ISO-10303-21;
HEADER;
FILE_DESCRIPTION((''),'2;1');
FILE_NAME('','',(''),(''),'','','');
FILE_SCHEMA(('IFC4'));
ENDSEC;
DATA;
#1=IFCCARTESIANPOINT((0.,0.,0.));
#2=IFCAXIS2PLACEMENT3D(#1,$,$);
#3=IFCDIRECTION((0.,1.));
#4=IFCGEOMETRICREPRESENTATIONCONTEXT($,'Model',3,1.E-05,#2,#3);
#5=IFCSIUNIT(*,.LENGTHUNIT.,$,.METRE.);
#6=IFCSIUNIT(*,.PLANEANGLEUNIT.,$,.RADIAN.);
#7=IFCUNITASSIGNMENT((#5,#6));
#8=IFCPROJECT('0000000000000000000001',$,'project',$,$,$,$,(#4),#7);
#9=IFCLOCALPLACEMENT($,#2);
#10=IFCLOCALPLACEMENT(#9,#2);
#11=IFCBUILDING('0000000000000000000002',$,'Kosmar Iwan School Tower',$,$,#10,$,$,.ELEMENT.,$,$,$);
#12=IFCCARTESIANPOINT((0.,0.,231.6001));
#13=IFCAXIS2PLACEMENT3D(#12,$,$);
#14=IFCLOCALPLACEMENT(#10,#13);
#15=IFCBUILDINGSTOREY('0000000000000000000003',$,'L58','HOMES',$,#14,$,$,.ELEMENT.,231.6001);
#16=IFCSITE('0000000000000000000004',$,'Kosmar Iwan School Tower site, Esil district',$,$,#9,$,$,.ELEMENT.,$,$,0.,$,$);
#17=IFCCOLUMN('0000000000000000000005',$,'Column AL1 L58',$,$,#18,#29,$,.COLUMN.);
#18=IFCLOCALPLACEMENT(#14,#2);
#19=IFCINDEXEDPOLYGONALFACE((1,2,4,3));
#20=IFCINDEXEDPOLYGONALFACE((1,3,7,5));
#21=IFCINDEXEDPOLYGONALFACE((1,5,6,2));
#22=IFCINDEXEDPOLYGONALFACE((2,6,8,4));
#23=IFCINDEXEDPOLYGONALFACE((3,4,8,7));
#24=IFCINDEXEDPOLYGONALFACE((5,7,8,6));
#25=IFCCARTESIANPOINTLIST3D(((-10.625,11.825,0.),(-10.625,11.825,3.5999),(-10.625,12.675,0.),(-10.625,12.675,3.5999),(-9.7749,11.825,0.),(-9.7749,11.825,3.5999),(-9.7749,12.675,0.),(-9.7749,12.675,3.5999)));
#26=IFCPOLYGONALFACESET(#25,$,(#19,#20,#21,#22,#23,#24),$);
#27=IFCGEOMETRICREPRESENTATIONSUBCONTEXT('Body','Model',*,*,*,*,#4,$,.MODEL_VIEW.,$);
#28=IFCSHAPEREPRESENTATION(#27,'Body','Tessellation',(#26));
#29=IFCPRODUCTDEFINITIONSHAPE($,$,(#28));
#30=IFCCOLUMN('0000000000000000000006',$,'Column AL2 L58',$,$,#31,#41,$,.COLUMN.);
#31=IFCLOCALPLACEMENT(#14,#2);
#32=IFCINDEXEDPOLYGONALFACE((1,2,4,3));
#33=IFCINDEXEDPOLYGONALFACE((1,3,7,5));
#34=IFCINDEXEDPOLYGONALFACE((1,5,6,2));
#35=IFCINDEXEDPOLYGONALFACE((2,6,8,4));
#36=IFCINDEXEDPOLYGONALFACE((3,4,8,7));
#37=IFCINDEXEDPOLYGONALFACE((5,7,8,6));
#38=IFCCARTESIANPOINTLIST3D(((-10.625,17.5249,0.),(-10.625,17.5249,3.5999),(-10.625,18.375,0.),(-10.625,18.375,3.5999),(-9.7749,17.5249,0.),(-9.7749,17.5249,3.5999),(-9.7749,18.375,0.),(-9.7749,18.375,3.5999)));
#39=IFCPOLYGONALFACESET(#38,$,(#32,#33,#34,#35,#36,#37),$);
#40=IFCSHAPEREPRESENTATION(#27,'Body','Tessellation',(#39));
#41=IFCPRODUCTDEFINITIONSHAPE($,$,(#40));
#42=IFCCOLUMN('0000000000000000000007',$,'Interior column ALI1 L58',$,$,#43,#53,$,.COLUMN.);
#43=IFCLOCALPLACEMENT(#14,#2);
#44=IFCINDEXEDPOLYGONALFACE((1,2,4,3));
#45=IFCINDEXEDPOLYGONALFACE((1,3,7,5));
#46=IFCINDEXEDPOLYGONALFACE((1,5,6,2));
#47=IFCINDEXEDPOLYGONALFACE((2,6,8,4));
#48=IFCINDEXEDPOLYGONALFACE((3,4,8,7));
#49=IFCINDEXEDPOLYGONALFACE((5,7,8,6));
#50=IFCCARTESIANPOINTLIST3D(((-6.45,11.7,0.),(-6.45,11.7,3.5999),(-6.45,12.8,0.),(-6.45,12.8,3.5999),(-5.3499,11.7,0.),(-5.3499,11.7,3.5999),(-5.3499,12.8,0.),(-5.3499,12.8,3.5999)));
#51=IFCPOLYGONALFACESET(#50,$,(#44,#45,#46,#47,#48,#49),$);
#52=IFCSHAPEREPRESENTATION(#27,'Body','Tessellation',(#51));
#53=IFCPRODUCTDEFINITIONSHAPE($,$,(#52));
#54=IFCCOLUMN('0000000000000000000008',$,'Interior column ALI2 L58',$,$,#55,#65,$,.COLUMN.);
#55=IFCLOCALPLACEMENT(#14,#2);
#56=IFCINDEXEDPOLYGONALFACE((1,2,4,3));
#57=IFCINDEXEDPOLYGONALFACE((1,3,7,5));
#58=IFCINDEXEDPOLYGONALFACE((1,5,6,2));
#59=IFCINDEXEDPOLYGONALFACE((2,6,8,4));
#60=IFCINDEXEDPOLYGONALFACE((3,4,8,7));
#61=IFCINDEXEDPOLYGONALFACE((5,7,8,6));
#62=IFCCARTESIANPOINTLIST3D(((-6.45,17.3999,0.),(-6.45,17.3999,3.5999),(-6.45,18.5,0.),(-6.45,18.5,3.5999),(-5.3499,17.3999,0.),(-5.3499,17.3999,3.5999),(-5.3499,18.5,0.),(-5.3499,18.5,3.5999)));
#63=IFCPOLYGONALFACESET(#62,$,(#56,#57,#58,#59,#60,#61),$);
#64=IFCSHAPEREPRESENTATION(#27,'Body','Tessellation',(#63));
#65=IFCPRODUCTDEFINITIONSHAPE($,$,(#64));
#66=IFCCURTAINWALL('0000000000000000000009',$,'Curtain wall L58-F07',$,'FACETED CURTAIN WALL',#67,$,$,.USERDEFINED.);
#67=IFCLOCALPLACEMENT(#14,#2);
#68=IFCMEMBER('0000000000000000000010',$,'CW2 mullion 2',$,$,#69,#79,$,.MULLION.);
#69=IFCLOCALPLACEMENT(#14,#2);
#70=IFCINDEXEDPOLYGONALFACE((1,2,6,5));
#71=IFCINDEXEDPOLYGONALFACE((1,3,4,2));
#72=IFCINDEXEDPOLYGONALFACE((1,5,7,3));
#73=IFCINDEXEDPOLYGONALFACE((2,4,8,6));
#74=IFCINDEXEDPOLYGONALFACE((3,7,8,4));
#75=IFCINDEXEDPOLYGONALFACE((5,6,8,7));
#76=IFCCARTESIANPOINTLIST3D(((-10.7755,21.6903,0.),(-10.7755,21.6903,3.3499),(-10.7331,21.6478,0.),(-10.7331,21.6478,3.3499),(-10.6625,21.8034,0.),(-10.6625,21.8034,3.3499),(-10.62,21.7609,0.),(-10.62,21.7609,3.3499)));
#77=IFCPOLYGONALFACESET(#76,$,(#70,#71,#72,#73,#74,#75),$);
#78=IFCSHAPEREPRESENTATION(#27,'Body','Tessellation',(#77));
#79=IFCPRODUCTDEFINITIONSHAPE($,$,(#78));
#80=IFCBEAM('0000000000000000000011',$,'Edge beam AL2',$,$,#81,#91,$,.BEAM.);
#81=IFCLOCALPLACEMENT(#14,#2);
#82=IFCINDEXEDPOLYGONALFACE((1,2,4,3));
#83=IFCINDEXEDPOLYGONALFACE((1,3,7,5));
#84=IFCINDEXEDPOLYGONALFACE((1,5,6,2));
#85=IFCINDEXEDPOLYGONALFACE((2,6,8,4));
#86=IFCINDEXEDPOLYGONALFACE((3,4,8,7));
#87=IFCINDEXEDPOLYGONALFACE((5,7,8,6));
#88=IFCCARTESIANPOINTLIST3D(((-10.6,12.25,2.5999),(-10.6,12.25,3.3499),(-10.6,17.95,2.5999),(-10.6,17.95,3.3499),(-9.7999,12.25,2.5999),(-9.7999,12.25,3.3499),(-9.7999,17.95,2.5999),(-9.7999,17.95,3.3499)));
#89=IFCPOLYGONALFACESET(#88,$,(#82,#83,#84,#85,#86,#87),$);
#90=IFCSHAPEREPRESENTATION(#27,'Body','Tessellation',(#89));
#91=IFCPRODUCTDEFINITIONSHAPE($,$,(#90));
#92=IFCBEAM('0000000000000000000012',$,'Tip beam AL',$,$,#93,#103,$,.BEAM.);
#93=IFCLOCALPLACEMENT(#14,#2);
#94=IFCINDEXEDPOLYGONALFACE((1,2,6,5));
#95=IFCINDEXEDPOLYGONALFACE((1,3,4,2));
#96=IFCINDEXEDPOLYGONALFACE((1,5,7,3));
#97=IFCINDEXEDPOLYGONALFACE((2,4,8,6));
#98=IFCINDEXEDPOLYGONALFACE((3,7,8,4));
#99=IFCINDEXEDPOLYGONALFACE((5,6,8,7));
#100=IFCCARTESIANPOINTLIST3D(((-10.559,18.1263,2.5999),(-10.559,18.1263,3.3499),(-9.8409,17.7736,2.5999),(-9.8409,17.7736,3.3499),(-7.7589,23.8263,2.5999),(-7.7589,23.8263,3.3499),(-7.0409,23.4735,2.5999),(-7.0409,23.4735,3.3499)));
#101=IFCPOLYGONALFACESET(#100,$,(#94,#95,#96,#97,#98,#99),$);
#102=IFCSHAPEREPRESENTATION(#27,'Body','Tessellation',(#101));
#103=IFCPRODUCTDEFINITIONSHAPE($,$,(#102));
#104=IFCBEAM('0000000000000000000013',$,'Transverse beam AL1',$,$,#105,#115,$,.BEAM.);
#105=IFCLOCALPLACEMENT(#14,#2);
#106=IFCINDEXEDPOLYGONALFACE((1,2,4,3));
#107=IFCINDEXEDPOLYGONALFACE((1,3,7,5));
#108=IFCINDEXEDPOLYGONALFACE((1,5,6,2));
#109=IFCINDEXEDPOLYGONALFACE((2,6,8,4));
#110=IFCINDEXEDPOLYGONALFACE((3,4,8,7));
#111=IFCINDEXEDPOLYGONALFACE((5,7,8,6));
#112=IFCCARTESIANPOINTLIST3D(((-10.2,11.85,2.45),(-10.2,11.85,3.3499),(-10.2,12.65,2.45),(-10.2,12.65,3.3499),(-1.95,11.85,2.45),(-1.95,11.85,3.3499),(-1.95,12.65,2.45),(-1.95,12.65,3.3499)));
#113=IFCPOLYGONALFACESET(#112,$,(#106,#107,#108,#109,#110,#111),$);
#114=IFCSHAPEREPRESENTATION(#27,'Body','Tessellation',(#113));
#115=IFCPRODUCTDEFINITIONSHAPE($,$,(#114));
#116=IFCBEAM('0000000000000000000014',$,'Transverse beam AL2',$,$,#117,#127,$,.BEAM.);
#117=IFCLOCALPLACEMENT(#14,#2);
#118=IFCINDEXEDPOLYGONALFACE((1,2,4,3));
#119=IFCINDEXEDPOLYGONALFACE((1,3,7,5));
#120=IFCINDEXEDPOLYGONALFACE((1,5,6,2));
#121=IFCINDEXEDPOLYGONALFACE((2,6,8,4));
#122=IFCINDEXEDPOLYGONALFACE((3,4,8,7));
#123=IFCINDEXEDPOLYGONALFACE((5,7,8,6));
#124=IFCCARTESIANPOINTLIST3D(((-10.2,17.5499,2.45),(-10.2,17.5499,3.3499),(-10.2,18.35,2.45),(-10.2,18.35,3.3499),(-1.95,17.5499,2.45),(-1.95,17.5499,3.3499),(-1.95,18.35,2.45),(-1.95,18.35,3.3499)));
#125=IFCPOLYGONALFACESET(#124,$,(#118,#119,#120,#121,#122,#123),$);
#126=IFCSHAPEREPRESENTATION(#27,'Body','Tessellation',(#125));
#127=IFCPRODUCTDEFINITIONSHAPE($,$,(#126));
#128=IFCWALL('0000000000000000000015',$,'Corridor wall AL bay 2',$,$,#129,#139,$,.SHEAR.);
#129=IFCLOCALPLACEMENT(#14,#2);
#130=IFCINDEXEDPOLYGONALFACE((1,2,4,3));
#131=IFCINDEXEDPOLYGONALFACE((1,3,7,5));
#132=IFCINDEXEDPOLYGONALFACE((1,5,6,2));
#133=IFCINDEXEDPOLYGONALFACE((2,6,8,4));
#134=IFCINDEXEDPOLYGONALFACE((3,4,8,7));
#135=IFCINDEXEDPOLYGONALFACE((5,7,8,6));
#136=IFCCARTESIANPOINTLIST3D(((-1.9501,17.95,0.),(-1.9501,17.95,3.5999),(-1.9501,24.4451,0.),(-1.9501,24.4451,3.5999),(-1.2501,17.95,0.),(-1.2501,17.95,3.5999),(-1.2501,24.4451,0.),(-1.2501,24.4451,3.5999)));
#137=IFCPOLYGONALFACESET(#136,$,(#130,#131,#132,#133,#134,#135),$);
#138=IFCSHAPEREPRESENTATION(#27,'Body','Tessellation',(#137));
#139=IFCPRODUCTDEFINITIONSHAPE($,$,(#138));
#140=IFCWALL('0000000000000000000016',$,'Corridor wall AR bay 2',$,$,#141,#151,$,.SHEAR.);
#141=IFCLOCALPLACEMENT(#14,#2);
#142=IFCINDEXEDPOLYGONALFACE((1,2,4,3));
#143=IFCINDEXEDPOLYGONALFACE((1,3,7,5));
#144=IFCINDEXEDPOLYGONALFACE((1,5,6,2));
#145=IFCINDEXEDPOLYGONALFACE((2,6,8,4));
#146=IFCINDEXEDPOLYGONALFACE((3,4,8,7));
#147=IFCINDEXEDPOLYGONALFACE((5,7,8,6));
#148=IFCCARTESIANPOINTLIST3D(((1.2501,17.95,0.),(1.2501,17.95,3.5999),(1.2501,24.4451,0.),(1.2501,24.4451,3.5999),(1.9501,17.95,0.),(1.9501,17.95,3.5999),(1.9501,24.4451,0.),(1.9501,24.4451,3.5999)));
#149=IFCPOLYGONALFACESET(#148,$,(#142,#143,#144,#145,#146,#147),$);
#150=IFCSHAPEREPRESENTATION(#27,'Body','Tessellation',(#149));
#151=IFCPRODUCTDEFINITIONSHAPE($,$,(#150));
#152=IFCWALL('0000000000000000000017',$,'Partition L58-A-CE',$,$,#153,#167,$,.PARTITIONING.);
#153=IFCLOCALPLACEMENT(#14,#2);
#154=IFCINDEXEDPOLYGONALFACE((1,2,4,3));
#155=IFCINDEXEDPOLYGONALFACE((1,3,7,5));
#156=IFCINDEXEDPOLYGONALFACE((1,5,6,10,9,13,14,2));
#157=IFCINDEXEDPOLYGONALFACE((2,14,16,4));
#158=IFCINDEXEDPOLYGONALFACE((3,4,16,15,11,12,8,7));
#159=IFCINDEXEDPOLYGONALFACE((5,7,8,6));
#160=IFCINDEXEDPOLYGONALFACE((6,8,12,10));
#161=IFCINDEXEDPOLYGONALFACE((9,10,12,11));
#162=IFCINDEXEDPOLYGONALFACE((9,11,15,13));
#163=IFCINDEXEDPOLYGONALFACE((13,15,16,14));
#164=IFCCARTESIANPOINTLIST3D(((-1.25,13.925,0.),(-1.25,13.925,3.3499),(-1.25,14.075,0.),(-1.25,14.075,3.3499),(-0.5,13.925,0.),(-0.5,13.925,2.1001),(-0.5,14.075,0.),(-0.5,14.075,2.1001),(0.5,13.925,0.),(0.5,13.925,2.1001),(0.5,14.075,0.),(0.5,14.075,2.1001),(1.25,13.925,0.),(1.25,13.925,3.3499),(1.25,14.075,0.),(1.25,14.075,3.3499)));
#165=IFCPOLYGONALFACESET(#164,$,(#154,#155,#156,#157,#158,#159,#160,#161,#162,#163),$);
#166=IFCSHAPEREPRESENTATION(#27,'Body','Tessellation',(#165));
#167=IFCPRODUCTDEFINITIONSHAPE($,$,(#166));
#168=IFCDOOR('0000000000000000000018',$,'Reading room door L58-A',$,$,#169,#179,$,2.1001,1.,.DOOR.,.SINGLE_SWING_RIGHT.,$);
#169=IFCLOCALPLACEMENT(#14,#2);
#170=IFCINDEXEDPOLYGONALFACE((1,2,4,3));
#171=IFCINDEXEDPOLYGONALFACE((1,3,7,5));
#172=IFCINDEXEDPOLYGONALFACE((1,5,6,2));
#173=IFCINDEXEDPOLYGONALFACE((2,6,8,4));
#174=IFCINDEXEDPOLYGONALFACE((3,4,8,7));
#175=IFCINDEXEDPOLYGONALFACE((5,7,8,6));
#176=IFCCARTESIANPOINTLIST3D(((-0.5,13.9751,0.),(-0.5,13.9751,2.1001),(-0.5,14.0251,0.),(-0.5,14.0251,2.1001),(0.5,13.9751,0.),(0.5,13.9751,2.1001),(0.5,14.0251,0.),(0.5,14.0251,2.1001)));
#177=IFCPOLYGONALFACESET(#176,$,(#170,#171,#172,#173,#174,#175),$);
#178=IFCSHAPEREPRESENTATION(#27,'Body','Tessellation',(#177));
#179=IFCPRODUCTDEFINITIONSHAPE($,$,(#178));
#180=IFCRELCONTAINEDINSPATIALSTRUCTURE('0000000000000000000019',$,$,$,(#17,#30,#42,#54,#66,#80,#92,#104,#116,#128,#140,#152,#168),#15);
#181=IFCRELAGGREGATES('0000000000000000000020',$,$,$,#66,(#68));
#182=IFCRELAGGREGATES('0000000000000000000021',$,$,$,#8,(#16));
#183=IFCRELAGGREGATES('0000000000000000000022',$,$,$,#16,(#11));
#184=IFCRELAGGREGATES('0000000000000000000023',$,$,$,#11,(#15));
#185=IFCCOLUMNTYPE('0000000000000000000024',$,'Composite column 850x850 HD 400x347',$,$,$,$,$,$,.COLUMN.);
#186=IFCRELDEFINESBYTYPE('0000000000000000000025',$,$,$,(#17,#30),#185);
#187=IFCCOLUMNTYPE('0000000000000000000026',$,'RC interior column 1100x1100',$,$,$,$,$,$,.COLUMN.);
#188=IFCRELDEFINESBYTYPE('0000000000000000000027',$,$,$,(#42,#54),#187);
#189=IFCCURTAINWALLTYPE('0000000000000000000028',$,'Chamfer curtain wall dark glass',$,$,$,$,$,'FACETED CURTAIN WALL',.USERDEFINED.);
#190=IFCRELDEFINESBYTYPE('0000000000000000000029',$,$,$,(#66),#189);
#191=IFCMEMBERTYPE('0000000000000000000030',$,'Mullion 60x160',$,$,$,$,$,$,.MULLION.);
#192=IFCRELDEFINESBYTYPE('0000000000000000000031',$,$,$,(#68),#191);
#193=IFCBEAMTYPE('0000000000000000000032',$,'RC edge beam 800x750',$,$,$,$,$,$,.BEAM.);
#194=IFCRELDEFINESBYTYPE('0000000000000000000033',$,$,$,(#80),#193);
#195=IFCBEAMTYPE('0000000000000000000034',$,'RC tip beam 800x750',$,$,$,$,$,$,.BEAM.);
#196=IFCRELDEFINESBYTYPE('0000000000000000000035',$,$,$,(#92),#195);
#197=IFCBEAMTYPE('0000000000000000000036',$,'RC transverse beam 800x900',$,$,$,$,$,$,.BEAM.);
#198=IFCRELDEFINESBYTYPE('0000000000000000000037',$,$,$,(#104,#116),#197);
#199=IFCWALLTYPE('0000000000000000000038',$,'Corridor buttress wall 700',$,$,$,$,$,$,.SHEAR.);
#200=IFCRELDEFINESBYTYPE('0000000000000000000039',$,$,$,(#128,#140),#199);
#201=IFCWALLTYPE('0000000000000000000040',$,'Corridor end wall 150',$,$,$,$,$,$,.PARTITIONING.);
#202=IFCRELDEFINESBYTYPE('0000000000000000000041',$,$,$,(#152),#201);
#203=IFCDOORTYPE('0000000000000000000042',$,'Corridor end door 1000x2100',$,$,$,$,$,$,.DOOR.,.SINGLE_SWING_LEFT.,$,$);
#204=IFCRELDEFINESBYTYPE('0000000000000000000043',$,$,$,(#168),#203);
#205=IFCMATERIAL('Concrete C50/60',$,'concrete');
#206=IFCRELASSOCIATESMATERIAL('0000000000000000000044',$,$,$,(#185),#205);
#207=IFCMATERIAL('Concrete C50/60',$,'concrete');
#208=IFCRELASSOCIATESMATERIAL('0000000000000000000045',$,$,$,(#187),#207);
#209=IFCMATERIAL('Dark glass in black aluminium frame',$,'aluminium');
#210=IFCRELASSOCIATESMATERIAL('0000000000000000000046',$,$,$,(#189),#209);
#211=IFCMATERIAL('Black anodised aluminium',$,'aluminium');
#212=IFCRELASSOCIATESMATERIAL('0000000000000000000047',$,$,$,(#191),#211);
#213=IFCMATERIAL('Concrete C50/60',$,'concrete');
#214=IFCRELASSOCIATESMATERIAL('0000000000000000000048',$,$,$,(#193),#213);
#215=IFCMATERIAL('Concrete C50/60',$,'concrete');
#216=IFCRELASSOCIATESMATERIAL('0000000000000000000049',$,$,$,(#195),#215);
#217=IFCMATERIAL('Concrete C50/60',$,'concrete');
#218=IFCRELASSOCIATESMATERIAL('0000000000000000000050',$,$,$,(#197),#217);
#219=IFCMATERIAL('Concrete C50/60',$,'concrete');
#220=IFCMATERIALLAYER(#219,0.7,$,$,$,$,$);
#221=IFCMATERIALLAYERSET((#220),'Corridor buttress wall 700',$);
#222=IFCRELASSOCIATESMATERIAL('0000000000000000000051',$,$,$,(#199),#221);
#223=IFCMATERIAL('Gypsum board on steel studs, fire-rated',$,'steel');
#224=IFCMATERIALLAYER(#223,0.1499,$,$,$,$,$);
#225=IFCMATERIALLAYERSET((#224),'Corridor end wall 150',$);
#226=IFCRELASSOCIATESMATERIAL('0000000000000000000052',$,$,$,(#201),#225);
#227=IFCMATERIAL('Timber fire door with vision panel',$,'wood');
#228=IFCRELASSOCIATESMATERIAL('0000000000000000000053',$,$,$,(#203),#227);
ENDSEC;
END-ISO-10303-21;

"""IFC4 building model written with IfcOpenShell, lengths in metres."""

from ifc_helpers import new_model, si_unit, direction, frame, frame_2d, origin, origin_2d, place, context, subcontext, project, spatial, rectangle, extrude, material, layer, layer_set, material_profile, profile_set, type_object, element, fill, aggregate, save


model = new_model("IFC4")

# Units and contexts
model_context = context("Model", 3, precision=1e-05, world=origin(), true_north=direction((0.0, 1.0)))
body_context = subcontext(model_context, "Body", "Model", "MODEL_VIEW")
ifc_project = project(units=[si_unit("LENGTHUNIT", "METRE"), si_unit("PLANEANGLEUNIT", "RADIAN")], contexts=[model_context])

# Site, building, storey
site_placement = place(None, origin())
site = spatial("IfcSite", under=ifc_project, at=site_placement, Name="Kosmar Iwan School Tower site, Esil district", CompositionType="ELEMENT", RefElevation=0.0)
building_placement = place(site_placement, origin())
building = spatial("IfcBuilding", under=site, at=building_placement, Name="Kosmar Iwan School Tower", CompositionType="ELEMENT")
storey_placement = place(building_placement, frame((0.0, 0.0, 231.6001)))
storey = spatial("IfcBuildingStorey", under=building, at=storey_placement, Name="L58", Description="HOMES", CompositionType="ELEMENT", Elevation=231.6001)

# Columns
ifc_material_1 = material(Name="Concrete C50/60", Category="concrete")
ifc_material_profile_1 = material_profile(ifc_material_1, rectangle(XDim=0.8501, YDim=0.8501, at=origin_2d()), Name="RC 850x850 + HD 400x347")
ifc_profile_set_1 = profile_set([ifc_material_profile_1], Name="Concrete C50/60")
column_type_1 = type_object("IfcColumnType", Name="Composite column 850x850 HD 400x347", PredefinedType="COLUMN", material=ifc_profile_set_1)
for number, where, z_axis, x_axis, name in (
    (1, (-10.2, 12.25, 0.0), (0.0, 0.0, 1.0), (0.0, 1.0, 0.0), "Column AL1 L58"),
    (2, (-10.2, 17.95, 0.0), (0.0, 0.0, 1.0), (0.0, 1.0, 0.0), "Column AL2 L58"),
):
    element("IfcColumn", number, at=place(storey_placement, frame(where, z_axis=z_axis, x_axis=x_axis)), inside=storey, type_object=column_type_1, Name=name, PredefinedType="COLUMN", context=body_context, shape_type="SweptSolid", body=[
        extrude(rectangle(XDim=0.8501, YDim=0.8501, at=origin_2d()), origin(), (0.0, 0.0, 1.0), 3.5999),
    ])
ifc_material_2 = material(Name="Concrete C50/60", Category="concrete")
ifc_material_profile_2 = material_profile(ifc_material_2, rectangle(XDim=1.1001, YDim=1.1001, at=origin_2d()), Name="RC 1100x1100")
ifc_profile_set_2 = profile_set([ifc_material_profile_2], Name="Concrete C50/60")
column_type_2 = type_object("IfcColumnType", Name="RC interior column 1100x1100", PredefinedType="COLUMN", material=ifc_profile_set_2)
for number, where, z_axis, x_axis, name in (
    (3, (-5.8999, 12.25, 0.0), (0.0, 0.0, 1.0), (0.0, 1.0, 0.0), "Interior column ALI1 L58"),
    (4, (-5.8999, 17.95, 0.0), (0.0, 0.0, 1.0), (0.0, 1.0, 0.0), "Interior column ALI2 L58"),
):
    element("IfcColumn", number, at=place(storey_placement, frame(where, z_axis=z_axis, x_axis=x_axis)), inside=storey, type_object=column_type_2, Name=name, PredefinedType="COLUMN", context=body_context, shape_type="SweptSolid", body=[
        extrude(rectangle(XDim=1.1001, YDim=1.1001, at=origin_2d()), origin(), (0.0, 0.0, 1.0), 3.5999),
    ])

# Curtain wall, member
ifc_material_3 = material(Name="Dark glass in black aluminium frame", Category="aluminium")
curtain_wall_type = type_object("IfcCurtainWallType", Name="Chamfer curtain wall dark glass", ElementType="FACETED CURTAIN WALL", PredefinedType="USERDEFINED", material=ifc_material_3)
curtain_wall_placement = place(storey_placement, origin())
curtain_wall = element("IfcCurtainWall", 5, at=curtain_wall_placement, inside=storey, type_object=curtain_wall_type, Name="Curtain wall L58-F07", ObjectType="FACETED CURTAIN WALL", PredefinedType="USERDEFINED")
ifc_material_4 = material(Name="Black anodised aluminium", Category="aluminium")
ifc_material_profile_3 = material_profile(ifc_material_4, rectangle(XDim=0.0601, YDim=0.1599, at=origin_2d()), Name="MULLION 60x160")
ifc_profile_set_3 = profile_set([ifc_material_profile_3], Name="Black anodised aluminium")
member_type = type_object("IfcMemberType", Name="Mullion 60x160", PredefinedType="MULLION", material=ifc_profile_set_3)
member_placement = place(storey_placement, frame((-10.6978, 21.7256, 0.0), z_axis=(0.0, 0.0, 1.0), x_axis=(0.707107, -0.707107, 0.0)))
member = element("IfcMember", 6, at=member_placement, type_object=member_type, Name="CW2 mullion 2", PredefinedType="MULLION", context=body_context, shape_type="SweptSolid", body=[
    extrude(rectangle(XDim=0.0601, YDim=0.1599, at=origin_2d()), origin(), (0.0, 0.0, 1.0), 3.3499),
])
aggregate(curtain_wall, [member])

# Beams
ifc_material_5 = material(Name="Concrete C50/60", Category="concrete")
ifc_material_profile_4 = material_profile(ifc_material_5, rectangle(XDim=0.8, YDim=0.75, at=origin_2d()), Name="RC 800x750")
ifc_profile_set_4 = profile_set([ifc_material_profile_4], Name="Concrete C50/60")
beam_type_1 = type_object("IfcBeamType", Name="RC edge beam 800x750", PredefinedType="BEAM", material=ifc_profile_set_4)
beam_1_placement = place(storey_placement, frame((-10.2, 12.25, 2.9749), z_axis=(0.0, 1.0, 0.0), x_axis=(-1.0, 0.0, 0.0)))
element("IfcBeam", 7, at=beam_1_placement, inside=storey, type_object=beam_type_1, Name="Edge beam AL2", PredefinedType="BEAM", context=body_context, shape_type="SweptSolid", body=[
    extrude(rectangle(XDim=0.8, YDim=0.75, at=origin_2d()), origin(), (0.0, 0.0, 1.0), 5.7),
])
ifc_material_6 = material(Name="Concrete C50/60", Category="concrete")
ifc_material_profile_5 = material_profile(ifc_material_6, rectangle(XDim=0.8, YDim=0.75, at=origin_2d()), Name="RC 800x750")
ifc_profile_set_5 = profile_set([ifc_material_profile_5], Name="Concrete C50/60")
beam_type_2 = type_object("IfcBeamType", Name="RC tip beam 800x750", PredefinedType="BEAM", material=ifc_profile_set_5)
beam_2_placement = place(storey_placement, frame((-10.2, 17.95, 2.9749), z_axis=(0.440913, 0.89755, 0.0), x_axis=(-0.89755, 0.440913, 0.0)))
element("IfcBeam", 8, at=beam_2_placement, inside=storey, type_object=beam_type_2, Name="Tip beam AL", PredefinedType="BEAM", context=body_context, shape_type="SweptSolid", body=[
    extrude(rectangle(XDim=0.8, YDim=0.75, at=origin_2d()), origin(), (0.0, 0.0, 1.0), 6.3506),
])
ifc_material_7 = material(Name="Concrete C50/60", Category="concrete")
ifc_material_profile_6 = material_profile(ifc_material_7, rectangle(XDim=0.8, YDim=0.8999, at=origin_2d()), Name="RC 800x900")
ifc_profile_set_6 = profile_set([ifc_material_profile_6], Name="Concrete C50/60")
beam_type_3 = type_object("IfcBeamType", Name="RC transverse beam 800x900", PredefinedType="BEAM", material=ifc_profile_set_6)
for number, where, z_axis, x_axis, name in (
    (9, (-10.2, 12.25, 2.8999), (1.0, 0.0, 0.0), (0.0, 1.0, 0.0), "Transverse beam AL1"),
    (10, (-10.2, 17.95, 2.8999), (1.0, 0.0, 0.0), (0.0, 1.0, 0.0), "Transverse beam AL2"),
):
    element("IfcBeam", number, at=place(storey_placement, frame(where, z_axis=z_axis, x_axis=x_axis)), inside=storey, type_object=beam_type_3, Name=name, PredefinedType="BEAM", context=body_context, shape_type="SweptSolid", body=[
        extrude(rectangle(XDim=0.8, YDim=0.8999, at=origin_2d()), origin(), (0.0, 0.0, 1.0), 8.25),
    ])

# Walls
ifc_material_8 = material(Name="Concrete C50/60", Category="concrete")
ifc_layer_1 = layer(ifc_material_8, 0.7)
ifc_layer_set_1 = layer_set([ifc_layer_1], Name="Corridor buttress wall 700")
wall_type_1 = type_object("IfcWallType", Name="Corridor buttress wall 700", PredefinedType="SHEAR", material=ifc_layer_set_1)
for number, where, z_axis, x_axis, name in (
    (11, (-1.6001, 17.95, 0.0), (0.0, 0.0, 1.0), (0.0, 1.0, 0.0), "Corridor wall AL bay 2"),
    (12, (1.6001, 17.95, 0.0), (0.0, 0.0, 1.0), (0.0, 1.0, 0.0), "Corridor wall AR bay 2"),
):
    element("IfcWall", number, at=place(storey_placement, frame(where, z_axis=z_axis, x_axis=x_axis)), inside=storey, type_object=wall_type_1, Name=name, PredefinedType="SHEAR", context=body_context, shape_type="SweptSolid", body=[
        extrude(rectangle(XDim=6.4951, YDim=0.7, at=frame_2d((3.2476, 0.0))), origin(), (0.0, 0.0, 1.0), 3.5999),
    ])

# Wall, opening, door
ifc_material_9 = material(Name="Gypsum board on steel studs, fire-rated", Category="steel")
ifc_layer_2 = layer(ifc_material_9, 0.1499)
ifc_layer_set_2 = layer_set([ifc_layer_2], Name="Corridor end wall 150")
wall_type_2 = type_object("IfcWallType", Name="Corridor end wall 150", PredefinedType="PARTITIONING", material=ifc_layer_set_2)
wall_1_placement = place(storey_placement, frame((1.25, 14.0, 0.0), z_axis=(0.0, 0.0, 1.0), x_axis=(-1.0, 0.0, 0.0)))
wall_1 = element("IfcWall", 13, at=wall_1_placement, inside=storey, type_object=wall_type_2, Name="Partition L58-A-CE", PredefinedType="PARTITIONING", context=body_context, shape_type="SweptSolid", body=[
    extrude(rectangle(XDim=2.5, YDim=0.1499, at=frame_2d((1.25, 0.0))), origin(), (0.0, 0.0, 1.0), 3.3499),
])
opening_1_placement = place(wall_1_placement, frame((0.75, 0.0, 0.0)))
opening_1 = element("IfcOpeningElement", 14, at=opening_1_placement, cuts=wall_1, PredefinedType="OPENING", context=body_context, shape_type="SweptSolid", body=[
    extrude(rectangle(XDim=1.0, YDim=2.1001, at=frame_2d((0.5, 1.05))), frame((0.0, 0.0869, 0.0), z_axis=(0.0, -1.0, 0.0), x_axis=(1.0, 0.0, 0.0)), (0.0, 0.0, 1.0), 0.1738),
])
ifc_material_10 = material(Name="Timber fire door with vision panel", Category="wood")
door_type_1 = type_object("IfcDoorType", Name="Corridor end door 1000x2100", OperationType="SINGLE_SWING_LEFT", PredefinedType="DOOR", material=ifc_material_10)
door_1_placement = place(opening_1_placement, origin())
door_1 = element("IfcDoor", 15, at=door_1_placement, inside=storey, type_object=door_type_1, Name="Reading room door L58-A", OperationType="SINGLE_SWING_RIGHT", OverallHeight=2.1001, OverallWidth=1.0, PredefinedType="DOOR", context=body_context, shape_type="SweptSolid", body=[
    extrude(rectangle(XDim=1.0, YDim=2.1001, at=frame_2d((0.5, 1.05))), frame((0.0, 0.0249, 0.0), z_axis=(0.0, -1.0, 0.0), x_axis=(1.0, 0.0, 0.0)), (0.0, 0.0, 1.0), 0.05),
])
fill(opening_1, door_1)

save(model, "model.ifc")
